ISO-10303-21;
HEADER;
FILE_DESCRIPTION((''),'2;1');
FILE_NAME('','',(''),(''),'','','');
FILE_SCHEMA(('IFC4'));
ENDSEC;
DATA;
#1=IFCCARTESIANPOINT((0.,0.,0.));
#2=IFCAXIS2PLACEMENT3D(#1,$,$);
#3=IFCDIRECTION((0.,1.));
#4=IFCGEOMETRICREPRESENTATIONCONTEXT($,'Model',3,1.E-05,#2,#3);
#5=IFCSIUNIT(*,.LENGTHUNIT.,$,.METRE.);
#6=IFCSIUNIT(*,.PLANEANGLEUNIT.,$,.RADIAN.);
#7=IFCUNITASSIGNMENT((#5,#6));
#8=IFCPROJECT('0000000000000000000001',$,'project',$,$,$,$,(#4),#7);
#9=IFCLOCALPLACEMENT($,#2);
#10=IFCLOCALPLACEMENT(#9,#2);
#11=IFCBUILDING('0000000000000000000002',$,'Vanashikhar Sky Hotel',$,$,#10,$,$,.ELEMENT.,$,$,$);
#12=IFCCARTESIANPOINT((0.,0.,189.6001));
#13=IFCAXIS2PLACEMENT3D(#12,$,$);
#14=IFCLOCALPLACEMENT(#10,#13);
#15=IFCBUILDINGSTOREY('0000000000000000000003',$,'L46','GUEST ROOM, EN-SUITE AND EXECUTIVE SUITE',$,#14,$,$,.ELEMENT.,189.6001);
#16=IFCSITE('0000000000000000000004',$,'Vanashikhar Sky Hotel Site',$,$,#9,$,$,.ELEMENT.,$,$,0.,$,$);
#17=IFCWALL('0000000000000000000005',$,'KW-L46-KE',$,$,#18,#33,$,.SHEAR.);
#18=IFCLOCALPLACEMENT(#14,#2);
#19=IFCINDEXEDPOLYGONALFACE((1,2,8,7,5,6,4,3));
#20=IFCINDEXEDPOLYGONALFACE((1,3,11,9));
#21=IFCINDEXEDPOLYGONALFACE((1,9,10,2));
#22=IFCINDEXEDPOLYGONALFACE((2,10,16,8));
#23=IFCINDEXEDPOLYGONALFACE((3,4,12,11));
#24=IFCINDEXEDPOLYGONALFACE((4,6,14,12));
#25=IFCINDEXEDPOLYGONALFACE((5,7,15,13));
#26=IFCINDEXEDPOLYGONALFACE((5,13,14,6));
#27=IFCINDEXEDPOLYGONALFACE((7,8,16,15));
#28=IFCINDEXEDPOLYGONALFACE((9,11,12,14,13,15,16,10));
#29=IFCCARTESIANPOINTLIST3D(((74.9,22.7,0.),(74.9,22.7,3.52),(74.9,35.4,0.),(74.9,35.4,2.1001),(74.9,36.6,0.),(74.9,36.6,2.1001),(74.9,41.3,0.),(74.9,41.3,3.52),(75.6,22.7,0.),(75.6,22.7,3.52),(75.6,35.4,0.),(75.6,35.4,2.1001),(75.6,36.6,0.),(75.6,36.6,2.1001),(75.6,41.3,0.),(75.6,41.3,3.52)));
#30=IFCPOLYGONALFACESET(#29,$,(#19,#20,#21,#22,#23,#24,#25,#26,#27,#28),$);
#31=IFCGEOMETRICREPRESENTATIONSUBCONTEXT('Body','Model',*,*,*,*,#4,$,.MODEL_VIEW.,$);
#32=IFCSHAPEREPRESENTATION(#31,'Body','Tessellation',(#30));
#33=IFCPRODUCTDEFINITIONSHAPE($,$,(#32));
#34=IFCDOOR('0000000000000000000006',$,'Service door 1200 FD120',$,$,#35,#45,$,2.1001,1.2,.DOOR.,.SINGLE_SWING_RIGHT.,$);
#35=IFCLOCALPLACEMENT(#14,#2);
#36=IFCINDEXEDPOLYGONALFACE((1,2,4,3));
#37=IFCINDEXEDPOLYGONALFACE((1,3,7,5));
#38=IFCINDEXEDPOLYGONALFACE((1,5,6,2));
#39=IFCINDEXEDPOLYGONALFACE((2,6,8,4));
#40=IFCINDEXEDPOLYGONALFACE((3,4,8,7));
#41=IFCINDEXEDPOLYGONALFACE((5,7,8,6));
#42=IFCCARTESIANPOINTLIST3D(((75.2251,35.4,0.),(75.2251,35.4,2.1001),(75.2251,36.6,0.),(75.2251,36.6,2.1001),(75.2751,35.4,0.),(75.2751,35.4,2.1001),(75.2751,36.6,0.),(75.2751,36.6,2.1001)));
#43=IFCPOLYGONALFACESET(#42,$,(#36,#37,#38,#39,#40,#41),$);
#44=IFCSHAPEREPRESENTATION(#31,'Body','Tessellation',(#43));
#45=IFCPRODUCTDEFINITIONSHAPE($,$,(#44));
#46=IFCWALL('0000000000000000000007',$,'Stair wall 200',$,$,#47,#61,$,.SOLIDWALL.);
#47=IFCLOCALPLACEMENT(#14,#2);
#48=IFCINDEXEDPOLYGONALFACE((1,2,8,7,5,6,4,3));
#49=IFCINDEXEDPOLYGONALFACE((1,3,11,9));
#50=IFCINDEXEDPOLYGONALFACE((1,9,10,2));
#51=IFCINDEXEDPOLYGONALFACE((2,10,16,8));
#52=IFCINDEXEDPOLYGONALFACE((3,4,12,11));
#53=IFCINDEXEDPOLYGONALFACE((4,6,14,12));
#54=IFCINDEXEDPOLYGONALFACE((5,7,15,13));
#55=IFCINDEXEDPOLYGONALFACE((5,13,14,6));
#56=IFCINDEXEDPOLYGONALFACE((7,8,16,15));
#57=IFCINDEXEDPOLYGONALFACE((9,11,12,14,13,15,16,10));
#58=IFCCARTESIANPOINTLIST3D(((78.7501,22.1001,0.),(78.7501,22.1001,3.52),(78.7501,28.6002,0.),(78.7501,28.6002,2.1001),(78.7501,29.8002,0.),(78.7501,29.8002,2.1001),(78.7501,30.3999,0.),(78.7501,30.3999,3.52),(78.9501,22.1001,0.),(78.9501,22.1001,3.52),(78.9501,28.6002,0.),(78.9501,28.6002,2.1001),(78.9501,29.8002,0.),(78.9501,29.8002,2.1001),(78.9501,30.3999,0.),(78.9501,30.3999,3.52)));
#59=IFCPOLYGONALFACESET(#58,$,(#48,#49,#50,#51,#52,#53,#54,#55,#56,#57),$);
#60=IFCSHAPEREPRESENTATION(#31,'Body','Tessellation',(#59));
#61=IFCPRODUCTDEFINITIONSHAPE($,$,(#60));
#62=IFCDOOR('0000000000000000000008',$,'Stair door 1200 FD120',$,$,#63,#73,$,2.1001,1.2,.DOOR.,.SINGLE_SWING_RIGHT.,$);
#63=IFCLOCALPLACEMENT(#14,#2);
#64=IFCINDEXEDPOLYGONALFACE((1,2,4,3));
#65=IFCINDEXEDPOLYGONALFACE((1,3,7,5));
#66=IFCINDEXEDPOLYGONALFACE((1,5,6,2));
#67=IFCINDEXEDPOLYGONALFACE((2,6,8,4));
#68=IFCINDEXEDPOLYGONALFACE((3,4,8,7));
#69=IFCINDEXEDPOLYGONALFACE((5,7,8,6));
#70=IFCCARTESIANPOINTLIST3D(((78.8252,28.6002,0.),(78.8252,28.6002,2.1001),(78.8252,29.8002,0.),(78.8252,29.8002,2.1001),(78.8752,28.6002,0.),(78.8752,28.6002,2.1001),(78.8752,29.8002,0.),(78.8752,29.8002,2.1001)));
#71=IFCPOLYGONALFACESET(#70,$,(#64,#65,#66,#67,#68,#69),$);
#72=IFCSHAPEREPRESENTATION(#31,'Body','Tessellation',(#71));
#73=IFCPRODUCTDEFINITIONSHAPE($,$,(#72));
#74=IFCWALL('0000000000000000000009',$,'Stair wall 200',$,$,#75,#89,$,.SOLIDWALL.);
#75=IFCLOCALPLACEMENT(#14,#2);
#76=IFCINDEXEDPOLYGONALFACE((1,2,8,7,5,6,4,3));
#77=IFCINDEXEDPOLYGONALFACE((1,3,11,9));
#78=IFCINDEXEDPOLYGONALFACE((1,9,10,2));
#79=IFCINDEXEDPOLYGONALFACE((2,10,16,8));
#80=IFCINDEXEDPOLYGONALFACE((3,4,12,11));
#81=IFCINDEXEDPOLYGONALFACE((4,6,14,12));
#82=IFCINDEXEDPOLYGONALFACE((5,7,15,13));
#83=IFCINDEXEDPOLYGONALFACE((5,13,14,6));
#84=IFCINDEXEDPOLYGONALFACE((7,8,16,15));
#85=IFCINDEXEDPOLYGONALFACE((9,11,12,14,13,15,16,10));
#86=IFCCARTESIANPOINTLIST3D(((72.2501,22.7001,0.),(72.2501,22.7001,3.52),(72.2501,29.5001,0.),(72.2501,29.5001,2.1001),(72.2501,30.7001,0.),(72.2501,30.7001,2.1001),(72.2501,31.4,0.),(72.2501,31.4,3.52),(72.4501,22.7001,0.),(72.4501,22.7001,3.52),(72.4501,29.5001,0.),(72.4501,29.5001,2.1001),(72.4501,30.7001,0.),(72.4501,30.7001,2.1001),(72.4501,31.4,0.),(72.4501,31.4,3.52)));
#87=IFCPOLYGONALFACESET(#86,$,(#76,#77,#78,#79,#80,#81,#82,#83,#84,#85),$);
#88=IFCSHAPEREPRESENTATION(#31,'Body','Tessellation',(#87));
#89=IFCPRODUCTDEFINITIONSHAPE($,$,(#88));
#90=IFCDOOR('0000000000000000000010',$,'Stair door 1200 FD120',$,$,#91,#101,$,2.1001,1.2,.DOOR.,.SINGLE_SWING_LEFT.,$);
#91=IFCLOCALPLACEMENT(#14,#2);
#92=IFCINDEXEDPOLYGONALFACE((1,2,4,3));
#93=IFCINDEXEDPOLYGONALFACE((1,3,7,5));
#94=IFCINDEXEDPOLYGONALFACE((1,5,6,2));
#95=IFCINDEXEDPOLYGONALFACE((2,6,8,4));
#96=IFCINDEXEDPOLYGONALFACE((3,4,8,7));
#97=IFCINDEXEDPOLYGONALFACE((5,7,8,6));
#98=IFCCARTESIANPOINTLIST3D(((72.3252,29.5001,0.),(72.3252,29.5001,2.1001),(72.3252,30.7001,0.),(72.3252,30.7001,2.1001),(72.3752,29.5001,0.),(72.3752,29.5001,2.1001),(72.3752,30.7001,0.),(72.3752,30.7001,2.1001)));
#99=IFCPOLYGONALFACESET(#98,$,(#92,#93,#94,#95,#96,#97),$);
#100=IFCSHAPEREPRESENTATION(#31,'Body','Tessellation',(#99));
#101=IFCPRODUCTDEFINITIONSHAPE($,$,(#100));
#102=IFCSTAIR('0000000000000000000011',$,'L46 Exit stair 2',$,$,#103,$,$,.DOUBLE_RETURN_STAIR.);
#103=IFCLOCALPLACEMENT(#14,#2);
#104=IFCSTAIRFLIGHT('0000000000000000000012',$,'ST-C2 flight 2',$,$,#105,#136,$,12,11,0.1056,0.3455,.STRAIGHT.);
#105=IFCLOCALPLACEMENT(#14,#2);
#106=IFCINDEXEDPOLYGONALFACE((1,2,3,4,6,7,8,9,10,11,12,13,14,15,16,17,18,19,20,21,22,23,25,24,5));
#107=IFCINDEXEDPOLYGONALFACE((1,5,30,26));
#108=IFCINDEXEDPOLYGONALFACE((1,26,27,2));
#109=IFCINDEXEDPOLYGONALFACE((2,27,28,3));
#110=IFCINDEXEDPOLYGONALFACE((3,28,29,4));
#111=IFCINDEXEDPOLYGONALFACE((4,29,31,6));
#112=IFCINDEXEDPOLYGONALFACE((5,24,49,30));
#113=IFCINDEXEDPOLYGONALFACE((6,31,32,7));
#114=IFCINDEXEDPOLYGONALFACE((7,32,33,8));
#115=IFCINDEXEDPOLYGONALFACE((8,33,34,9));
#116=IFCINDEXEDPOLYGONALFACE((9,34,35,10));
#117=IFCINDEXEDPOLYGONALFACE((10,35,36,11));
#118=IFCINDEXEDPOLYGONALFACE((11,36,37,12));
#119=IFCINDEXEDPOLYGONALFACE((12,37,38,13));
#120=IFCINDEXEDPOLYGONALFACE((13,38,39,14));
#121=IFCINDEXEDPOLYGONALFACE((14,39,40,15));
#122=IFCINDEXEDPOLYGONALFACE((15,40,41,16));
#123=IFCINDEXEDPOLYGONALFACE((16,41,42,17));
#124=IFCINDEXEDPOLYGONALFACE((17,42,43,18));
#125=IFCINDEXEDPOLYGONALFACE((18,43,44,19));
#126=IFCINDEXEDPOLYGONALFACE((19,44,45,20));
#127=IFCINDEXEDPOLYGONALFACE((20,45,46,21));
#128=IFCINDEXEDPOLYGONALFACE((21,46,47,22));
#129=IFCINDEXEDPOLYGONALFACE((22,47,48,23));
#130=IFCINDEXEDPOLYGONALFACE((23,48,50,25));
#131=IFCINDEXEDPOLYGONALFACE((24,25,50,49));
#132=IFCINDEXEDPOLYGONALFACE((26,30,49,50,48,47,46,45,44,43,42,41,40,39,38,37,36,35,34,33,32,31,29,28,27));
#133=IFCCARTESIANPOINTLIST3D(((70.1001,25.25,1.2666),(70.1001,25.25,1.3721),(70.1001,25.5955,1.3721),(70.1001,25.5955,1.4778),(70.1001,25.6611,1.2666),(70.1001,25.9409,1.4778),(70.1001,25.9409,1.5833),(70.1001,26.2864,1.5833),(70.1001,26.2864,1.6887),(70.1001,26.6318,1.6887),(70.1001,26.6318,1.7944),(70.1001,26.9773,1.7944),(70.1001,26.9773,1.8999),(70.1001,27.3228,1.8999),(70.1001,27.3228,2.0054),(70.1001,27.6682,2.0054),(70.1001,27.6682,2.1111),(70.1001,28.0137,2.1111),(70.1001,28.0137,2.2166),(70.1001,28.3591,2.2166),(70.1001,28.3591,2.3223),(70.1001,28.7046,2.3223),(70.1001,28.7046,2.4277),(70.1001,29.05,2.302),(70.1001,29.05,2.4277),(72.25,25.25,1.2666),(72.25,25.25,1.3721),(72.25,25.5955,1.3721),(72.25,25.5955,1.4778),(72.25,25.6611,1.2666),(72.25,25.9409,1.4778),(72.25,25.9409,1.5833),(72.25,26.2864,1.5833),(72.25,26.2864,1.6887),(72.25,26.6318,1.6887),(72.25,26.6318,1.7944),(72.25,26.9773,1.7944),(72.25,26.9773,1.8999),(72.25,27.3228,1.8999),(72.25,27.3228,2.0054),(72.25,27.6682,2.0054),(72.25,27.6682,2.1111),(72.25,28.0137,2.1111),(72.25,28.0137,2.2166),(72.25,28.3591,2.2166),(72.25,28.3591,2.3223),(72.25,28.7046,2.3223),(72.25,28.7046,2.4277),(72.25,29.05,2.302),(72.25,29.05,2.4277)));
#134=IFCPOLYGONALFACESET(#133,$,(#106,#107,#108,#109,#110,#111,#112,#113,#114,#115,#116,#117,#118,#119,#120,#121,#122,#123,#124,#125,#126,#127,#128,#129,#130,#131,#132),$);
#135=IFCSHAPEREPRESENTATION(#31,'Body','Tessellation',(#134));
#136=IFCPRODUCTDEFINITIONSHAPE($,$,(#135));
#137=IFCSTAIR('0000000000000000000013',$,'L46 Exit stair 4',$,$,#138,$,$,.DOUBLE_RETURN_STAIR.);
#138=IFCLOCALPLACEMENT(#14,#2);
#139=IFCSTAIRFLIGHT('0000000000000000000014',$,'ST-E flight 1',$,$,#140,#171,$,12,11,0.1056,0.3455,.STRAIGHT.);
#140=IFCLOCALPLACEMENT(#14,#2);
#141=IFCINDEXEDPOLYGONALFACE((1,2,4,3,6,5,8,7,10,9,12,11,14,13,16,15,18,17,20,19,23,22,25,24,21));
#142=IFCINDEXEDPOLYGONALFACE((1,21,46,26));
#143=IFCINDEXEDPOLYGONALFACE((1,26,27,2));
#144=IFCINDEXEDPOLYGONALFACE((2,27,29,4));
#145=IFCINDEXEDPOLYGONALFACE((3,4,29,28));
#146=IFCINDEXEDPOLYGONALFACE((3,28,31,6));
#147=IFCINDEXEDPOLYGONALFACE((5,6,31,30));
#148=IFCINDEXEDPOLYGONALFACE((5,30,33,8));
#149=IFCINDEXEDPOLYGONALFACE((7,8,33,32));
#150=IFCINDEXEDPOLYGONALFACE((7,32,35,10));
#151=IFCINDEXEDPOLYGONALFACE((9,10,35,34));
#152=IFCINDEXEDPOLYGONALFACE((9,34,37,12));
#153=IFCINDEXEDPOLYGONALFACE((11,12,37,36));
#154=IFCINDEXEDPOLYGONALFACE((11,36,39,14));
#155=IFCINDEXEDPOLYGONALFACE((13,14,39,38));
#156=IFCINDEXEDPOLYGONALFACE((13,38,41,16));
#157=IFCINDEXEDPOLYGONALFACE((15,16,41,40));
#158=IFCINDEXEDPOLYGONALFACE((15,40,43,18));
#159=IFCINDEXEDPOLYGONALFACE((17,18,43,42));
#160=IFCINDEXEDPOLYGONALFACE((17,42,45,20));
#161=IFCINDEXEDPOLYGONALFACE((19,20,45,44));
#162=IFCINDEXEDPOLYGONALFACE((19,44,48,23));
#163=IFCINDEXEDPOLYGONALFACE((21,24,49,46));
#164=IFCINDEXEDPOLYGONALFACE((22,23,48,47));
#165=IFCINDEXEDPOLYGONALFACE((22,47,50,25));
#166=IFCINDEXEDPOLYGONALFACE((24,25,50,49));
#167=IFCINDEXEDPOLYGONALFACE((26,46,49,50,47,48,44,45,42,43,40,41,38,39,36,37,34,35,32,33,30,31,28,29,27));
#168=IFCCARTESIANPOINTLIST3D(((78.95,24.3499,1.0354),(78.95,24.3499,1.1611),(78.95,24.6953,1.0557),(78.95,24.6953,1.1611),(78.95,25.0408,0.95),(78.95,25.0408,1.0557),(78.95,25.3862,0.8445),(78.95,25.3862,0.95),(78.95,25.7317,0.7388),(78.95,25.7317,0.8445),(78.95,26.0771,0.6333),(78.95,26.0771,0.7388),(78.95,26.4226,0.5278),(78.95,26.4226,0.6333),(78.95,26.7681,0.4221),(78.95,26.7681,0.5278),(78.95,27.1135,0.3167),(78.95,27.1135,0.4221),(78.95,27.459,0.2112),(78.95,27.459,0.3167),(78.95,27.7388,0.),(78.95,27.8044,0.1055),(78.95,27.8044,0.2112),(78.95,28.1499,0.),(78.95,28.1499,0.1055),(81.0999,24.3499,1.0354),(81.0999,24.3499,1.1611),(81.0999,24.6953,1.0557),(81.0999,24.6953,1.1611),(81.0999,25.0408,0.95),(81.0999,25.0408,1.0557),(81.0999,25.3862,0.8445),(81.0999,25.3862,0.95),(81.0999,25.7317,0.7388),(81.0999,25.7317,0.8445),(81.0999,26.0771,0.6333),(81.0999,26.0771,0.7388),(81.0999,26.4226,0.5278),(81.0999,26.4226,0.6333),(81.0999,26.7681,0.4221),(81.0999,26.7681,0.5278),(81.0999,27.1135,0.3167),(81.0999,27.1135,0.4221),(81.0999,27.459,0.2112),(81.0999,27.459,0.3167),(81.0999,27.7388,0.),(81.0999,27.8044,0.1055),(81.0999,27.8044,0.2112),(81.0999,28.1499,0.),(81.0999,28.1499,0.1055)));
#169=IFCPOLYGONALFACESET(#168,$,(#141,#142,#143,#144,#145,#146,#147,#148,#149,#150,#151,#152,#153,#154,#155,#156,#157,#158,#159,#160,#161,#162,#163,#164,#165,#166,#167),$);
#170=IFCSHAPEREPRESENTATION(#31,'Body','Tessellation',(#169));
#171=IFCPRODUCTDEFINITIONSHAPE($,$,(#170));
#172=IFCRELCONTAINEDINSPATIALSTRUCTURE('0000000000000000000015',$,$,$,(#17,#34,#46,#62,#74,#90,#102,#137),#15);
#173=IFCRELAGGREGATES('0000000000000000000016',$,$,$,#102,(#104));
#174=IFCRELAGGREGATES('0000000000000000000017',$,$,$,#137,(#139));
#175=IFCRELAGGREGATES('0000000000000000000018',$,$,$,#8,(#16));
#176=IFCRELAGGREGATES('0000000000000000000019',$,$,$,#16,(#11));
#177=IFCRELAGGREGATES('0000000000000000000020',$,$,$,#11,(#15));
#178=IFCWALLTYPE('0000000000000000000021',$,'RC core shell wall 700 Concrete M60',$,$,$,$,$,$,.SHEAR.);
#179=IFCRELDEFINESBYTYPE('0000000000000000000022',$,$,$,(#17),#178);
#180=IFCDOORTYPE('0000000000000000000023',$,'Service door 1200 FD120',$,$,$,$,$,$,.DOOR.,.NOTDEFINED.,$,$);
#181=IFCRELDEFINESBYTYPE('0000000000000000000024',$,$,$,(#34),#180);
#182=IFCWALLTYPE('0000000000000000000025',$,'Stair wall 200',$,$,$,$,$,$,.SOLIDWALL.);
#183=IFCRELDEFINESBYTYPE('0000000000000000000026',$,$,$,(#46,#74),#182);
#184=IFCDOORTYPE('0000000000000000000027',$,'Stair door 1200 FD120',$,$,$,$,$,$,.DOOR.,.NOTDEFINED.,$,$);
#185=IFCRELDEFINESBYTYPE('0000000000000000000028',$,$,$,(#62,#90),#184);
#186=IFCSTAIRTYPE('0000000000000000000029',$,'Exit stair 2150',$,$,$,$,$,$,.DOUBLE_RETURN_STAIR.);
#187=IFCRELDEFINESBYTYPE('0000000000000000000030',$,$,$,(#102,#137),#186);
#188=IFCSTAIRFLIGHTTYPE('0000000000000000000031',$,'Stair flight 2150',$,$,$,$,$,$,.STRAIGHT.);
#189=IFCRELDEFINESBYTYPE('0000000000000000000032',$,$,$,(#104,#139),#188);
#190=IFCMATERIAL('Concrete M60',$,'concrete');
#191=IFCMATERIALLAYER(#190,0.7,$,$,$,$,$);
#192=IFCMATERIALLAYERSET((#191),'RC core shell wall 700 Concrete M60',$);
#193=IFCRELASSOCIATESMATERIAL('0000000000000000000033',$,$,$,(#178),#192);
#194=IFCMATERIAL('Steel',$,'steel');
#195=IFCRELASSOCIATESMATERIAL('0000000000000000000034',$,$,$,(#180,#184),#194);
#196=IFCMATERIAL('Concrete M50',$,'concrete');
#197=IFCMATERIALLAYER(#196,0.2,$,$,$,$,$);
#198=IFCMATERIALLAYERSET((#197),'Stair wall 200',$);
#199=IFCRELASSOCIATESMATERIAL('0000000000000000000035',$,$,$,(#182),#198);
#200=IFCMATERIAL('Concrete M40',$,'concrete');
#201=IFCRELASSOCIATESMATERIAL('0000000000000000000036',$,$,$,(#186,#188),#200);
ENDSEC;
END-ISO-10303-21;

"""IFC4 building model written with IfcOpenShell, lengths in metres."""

from ifc_helpers import new_model, si_unit, direction, frame, frame_2d, origin, place, context, subcontext, project, spatial, polyline, rectangle, outline, extrude, source, transform, mapped, material, layer, layer_set, type_object, element, fill, aggregate, save


model = new_model("IFC4")

# Units and contexts
model_context = context("Model", 3, precision=1e-05, world=origin(), true_north=direction((0.0, 1.0)))
body_context = subcontext(model_context, "Body", "Model", "MODEL_VIEW")
ifc_project = project(units=[si_unit("LENGTHUNIT", "METRE"), si_unit("PLANEANGLEUNIT", "RADIAN")], contexts=[model_context])

# Site, building, storey
site_placement = place(None, origin())
site = spatial("IfcSite", under=ifc_project, at=site_placement, Name="Vanashikhar Sky Hotel Site", CompositionType="ELEMENT", RefElevation=0.0)
building_placement = place(site_placement, origin())
building = spatial("IfcBuilding", under=site, at=building_placement, Name="Vanashikhar Sky Hotel", CompositionType="ELEMENT")
storey_placement = place(building_placement, frame((0.0, 0.0, 189.6001)))
storey = spatial("IfcBuildingStorey", under=building, at=storey_placement, Name="L46", Description="GUEST ROOM, EN-SUITE AND EXECUTIVE SUITE", CompositionType="ELEMENT", Elevation=189.6001)

# Walls, openings, doors
ifc_material_1 = material(Name="Concrete M60", Category="concrete")
ifc_layer_1 = layer(ifc_material_1, 0.7)
ifc_layer_set_1 = layer_set([ifc_layer_1], Name="RC core shell wall 700 Concrete M60")
wall_type_1 = type_object("IfcWallType", Name="RC core shell wall 700 Concrete M60", PredefinedType="SHEAR", material=ifc_layer_set_1)
shared_shape_1 = source(origin(), body_context, "Body", "SweptSolid", [
    extrude(rectangle(XDim=18.6001, YDim=0.7, at=frame_2d((9.3, 0.0))), origin(), (0.0, 0.0, 1.0), 3.52),
])
wall_1_placement = place(storey_placement, frame((75.25, 22.7, 0.0), z_axis=(0.0, 0.0, 1.0), x_axis=(0.0, 1.0, 0.0)))
wall_1 = element("IfcWall", 1, at=wall_1_placement, inside=storey, type_object=wall_type_1, Name="KW-L46-KE", PredefinedType="SHEAR", context=body_context, shape_type="MappedRepresentation", body=[
    mapped(shared_shape_1, transform((0.0, 0.0, 0.0), scale=1.0)),
])
shared_shape_2 = source(origin(), body_context, "Body", "SweptSolid", [
    extrude(rectangle(XDim=1.2, YDim=2.1001, at=frame_2d((0.6001, 1.05))), frame((0.0, 0.3599, 0.0), z_axis=(0.0, -1.0, 0.0), x_axis=(1.0, 0.0, 0.0)), (0.0, 0.0, 1.0), 0.72),
])
opening_1_placement = place(wall_1_placement, frame((12.7, 0.0, 0.0)))
opening_1 = element("IfcOpeningElement", 2, at=opening_1_placement, cuts=wall_1, PredefinedType="OPENING", context=body_context, shape_type="MappedRepresentation", body=[
    mapped(shared_shape_2, transform((0.0, 0.0, 0.0), scale=1.0)),
])
ifc_material_2 = material(Name="Steel", Category="steel")
door_type_1 = type_object("IfcDoorType", Name="Service door 1200 FD120", OperationType="NOTDEFINED", PredefinedType="DOOR", material=ifc_material_2)
shared_shape_3 = source(origin(), body_context, "Body", "SweptSolid", [
    extrude(rectangle(XDim=1.2, YDim=2.1001, at=frame_2d((0.6001, 1.05))), frame((0.0, 0.0249, 0.0), z_axis=(0.0, -1.0, 0.0), x_axis=(1.0, 0.0, 0.0)), (0.0, 0.0, 1.0), 0.05),
])
door_1_placement = place(opening_1_placement, origin())
door_1 = element("IfcDoor", 3, at=door_1_placement, inside=storey, type_object=door_type_1, Name="Service door 1200 FD120", OperationType="SINGLE_SWING_RIGHT", OverallHeight=2.1001, OverallWidth=1.2, PredefinedType="DOOR", context=body_context, shape_type="MappedRepresentation", body=[
    mapped(shared_shape_3, transform((0.0, 0.0, 0.0), scale=1.0)),
])
fill(opening_1, door_1)
ifc_material_3 = material(Name="Concrete M50", Category="concrete")
ifc_layer_2 = layer(ifc_material_3, 0.2)
ifc_layer_set_2 = layer_set([ifc_layer_2], Name="Stair wall 200")
wall_type_2 = type_object("IfcWallType", Name="Stair wall 200", PredefinedType="SOLIDWALL", material=ifc_layer_set_2)
shared_shape_4 = source(origin(), body_context, "Body", "SweptSolid", [
    extrude(rectangle(XDim=8.2998, YDim=0.2, at=frame_2d((4.1499, 0.0))), origin(), (0.0, 0.0, 1.0), 3.52),
])
wall_2_placement = place(storey_placement, frame((78.8501, 22.1001, 0.0), z_axis=(0.0, 0.0, 1.0), x_axis=(0.0, 1.0, 0.0)))
wall_2 = element("IfcWall", 4, at=wall_2_placement, inside=storey, type_object=wall_type_2, Name="Stair wall 200", PredefinedType="SOLIDWALL", context=body_context, shape_type="MappedRepresentation", body=[
    mapped(shared_shape_4, transform((0.0, 0.0, 0.0), scale=1.0)),
])
shared_shape_5 = source(origin(), body_context, "Body", "SweptSolid", [
    extrude(rectangle(XDim=1.2, YDim=2.1001, at=frame_2d((0.6001, 1.05))), frame((0.0, 0.1099, 0.0), z_axis=(0.0, -1.0, 0.0), x_axis=(1.0, 0.0, 0.0)), (0.0, 0.0, 1.0), 0.22),
])
opening_2_placement = place(wall_2_placement, frame((6.5, 0.0, 0.0)))
opening_2 = element("IfcOpeningElement", 5, at=opening_2_placement, cuts=wall_2, PredefinedType="OPENING", context=body_context, shape_type="MappedRepresentation", body=[
    mapped(shared_shape_5, transform((0.0, 0.0, 0.0), scale=1.0)),
])
door_type_2 = type_object("IfcDoorType", Name="Stair door 1200 FD120", OperationType="NOTDEFINED", PredefinedType="DOOR", material=ifc_material_2)
door_2_placement = place(opening_2_placement, origin())
door_2 = element("IfcDoor", 6, at=door_2_placement, inside=storey, type_object=door_type_2, Name="Stair door 1200 FD120", OperationType="SINGLE_SWING_RIGHT", OverallHeight=2.1001, OverallWidth=1.2, PredefinedType="DOOR", context=body_context, shape_type="MappedRepresentation", body=[
    mapped(shared_shape_3, transform((0.0, 0.0, 0.0), scale=1.0)),
])
fill(opening_2, door_2)
shared_shape_6 = source(origin(), body_context, "Body", "SweptSolid", [
    extrude(rectangle(XDim=8.7, YDim=0.2, at=frame_2d((4.3501, 0.0))), origin(), (0.0, 0.0, 1.0), 3.52),
])
wall_3_placement = place(storey_placement, frame((72.3501, 22.7, 0.0), z_axis=(0.0, 0.0, 1.0), x_axis=(0.0, 1.0, 0.0)))
wall_3 = element("IfcWall", 7, at=wall_3_placement, inside=storey, type_object=wall_type_2, Name="Stair wall 200", PredefinedType="SOLIDWALL", context=body_context, shape_type="MappedRepresentation", body=[
    mapped(shared_shape_6, transform((0.0, 0.0, 0.0), scale=1.0)),
])
opening_3_placement = place(wall_3_placement, frame((6.8, 0.0, 0.0)))
opening_3 = element("IfcOpeningElement", 8, at=opening_3_placement, cuts=wall_3, PredefinedType="OPENING", context=body_context, shape_type="MappedRepresentation", body=[
    mapped(shared_shape_5, transform((0.0, 0.0, 0.0), scale=1.0)),
])
door_3_placement = place(opening_3_placement, origin())
door_3 = element("IfcDoor", 9, at=door_3_placement, inside=storey, type_object=door_type_2, Name="Stair door 1200 FD120", OperationType="SINGLE_SWING_LEFT", OverallHeight=2.1001, OverallWidth=1.2, PredefinedType="DOOR", context=body_context, shape_type="MappedRepresentation", body=[
    mapped(shared_shape_3, transform((0.0, 0.0, 0.0), scale=1.0)),
])
fill(opening_3, door_3)

# Stair, stair flight
ifc_material_4 = material(Name="Concrete M40", Category="concrete")
stair_type = type_object("IfcStairType", Name="Exit stair 2150", PredefinedType="DOUBLE_RETURN_STAIR", material=ifc_material_4)
stair_1_placement = place(storey_placement, origin())
stair_1 = element("IfcStair", 10, at=stair_1_placement, inside=storey, type_object=stair_type, Name="L46 Exit stair 2", PredefinedType="DOUBLE_RETURN_STAIR")
stair_flight_type = type_object("IfcStairFlightType", Name="Stair flight 2150", PredefinedType="STRAIGHT", material=ifc_material_4)
shared_shape_7 = source(origin(), body_context, "Body", "SweptSolid", [
    extrude(outline(polyline([(0.0, 0.0), (0.0, 0.1055), (0.3455, 0.1055), (0.3455, 0.2112), (0.6909, 0.2112), (0.6909, 0.3167), (1.0364, 0.3167), (1.0364, 0.4221), (1.3818, 0.4221), (1.3818, 0.5278), (1.7273, 0.5278), (1.7273, 0.6333), (2.0728, 0.6333), (2.0728, 0.7388), (2.4182, 0.7388), (2.4182, 0.8445), (2.7637, 0.8445), (2.7637, 0.95), (3.1091, 0.95), (3.1091, 1.0557), (3.4546, 1.0557), (3.4546, 1.1611), (3.8, 1.1611), (3.8, 1.2666), (3.8, 1.0354), (0.4111, 0.0), (0.0, 0.0)])), frame((0.0, 1.075, 0.0), z_axis=(0.0, -1.0, 0.0), x_axis=(1.0, 0.0, 0.0)), (0.0, 0.0, 1.0), 2.1499),
])
stair_flight_1_placement = place(storey_placement, frame((71.175, 25.25, 1.2666), z_axis=(0.0, 0.0, 1.0), x_axis=(0.0, 1.0, 0.0)))
stair_flight_1 = element("IfcStairFlight", 11, at=stair_flight_1_placement, type_object=stair_flight_type, Name="ST-C2 flight 2", NumberOfRisers=12, NumberOfTreads=11, PredefinedType="STRAIGHT", RiserHeight=0.1056, TreadLength=0.3455, context=body_context, shape_type="MappedRepresentation", body=[
    mapped(shared_shape_7, transform((0.0, 0.0, 0.0), scale=1.0)),
])
aggregate(stair_1, [stair_flight_1])

# Stair, stair flight
stair_2_placement = place(storey_placement, origin())
stair_2 = element("IfcStair", 12, at=stair_2_placement, inside=storey, type_object=stair_type, Name="L46 Exit stair 4", PredefinedType="DOUBLE_RETURN_STAIR")
stair_flight_2_placement = place(storey_placement, frame((80.0249, 28.1499, 0.0), z_axis=(0.0, 0.0, 1.0), x_axis=(0.0, -1.0, 0.0)))
stair_flight_2 = element("IfcStairFlight", 13, at=stair_flight_2_placement, type_object=stair_flight_type, Name="ST-E flight 1", NumberOfRisers=12, NumberOfTreads=11, PredefinedType="STRAIGHT", RiserHeight=0.1056, TreadLength=0.3455, context=body_context, shape_type="MappedRepresentation", body=[
    mapped(shared_shape_7, transform((0.0, 0.0, 0.0), scale=1.0)),
])
aggregate(stair_2, [stair_flight_2])

save(model, "model.ifc")
